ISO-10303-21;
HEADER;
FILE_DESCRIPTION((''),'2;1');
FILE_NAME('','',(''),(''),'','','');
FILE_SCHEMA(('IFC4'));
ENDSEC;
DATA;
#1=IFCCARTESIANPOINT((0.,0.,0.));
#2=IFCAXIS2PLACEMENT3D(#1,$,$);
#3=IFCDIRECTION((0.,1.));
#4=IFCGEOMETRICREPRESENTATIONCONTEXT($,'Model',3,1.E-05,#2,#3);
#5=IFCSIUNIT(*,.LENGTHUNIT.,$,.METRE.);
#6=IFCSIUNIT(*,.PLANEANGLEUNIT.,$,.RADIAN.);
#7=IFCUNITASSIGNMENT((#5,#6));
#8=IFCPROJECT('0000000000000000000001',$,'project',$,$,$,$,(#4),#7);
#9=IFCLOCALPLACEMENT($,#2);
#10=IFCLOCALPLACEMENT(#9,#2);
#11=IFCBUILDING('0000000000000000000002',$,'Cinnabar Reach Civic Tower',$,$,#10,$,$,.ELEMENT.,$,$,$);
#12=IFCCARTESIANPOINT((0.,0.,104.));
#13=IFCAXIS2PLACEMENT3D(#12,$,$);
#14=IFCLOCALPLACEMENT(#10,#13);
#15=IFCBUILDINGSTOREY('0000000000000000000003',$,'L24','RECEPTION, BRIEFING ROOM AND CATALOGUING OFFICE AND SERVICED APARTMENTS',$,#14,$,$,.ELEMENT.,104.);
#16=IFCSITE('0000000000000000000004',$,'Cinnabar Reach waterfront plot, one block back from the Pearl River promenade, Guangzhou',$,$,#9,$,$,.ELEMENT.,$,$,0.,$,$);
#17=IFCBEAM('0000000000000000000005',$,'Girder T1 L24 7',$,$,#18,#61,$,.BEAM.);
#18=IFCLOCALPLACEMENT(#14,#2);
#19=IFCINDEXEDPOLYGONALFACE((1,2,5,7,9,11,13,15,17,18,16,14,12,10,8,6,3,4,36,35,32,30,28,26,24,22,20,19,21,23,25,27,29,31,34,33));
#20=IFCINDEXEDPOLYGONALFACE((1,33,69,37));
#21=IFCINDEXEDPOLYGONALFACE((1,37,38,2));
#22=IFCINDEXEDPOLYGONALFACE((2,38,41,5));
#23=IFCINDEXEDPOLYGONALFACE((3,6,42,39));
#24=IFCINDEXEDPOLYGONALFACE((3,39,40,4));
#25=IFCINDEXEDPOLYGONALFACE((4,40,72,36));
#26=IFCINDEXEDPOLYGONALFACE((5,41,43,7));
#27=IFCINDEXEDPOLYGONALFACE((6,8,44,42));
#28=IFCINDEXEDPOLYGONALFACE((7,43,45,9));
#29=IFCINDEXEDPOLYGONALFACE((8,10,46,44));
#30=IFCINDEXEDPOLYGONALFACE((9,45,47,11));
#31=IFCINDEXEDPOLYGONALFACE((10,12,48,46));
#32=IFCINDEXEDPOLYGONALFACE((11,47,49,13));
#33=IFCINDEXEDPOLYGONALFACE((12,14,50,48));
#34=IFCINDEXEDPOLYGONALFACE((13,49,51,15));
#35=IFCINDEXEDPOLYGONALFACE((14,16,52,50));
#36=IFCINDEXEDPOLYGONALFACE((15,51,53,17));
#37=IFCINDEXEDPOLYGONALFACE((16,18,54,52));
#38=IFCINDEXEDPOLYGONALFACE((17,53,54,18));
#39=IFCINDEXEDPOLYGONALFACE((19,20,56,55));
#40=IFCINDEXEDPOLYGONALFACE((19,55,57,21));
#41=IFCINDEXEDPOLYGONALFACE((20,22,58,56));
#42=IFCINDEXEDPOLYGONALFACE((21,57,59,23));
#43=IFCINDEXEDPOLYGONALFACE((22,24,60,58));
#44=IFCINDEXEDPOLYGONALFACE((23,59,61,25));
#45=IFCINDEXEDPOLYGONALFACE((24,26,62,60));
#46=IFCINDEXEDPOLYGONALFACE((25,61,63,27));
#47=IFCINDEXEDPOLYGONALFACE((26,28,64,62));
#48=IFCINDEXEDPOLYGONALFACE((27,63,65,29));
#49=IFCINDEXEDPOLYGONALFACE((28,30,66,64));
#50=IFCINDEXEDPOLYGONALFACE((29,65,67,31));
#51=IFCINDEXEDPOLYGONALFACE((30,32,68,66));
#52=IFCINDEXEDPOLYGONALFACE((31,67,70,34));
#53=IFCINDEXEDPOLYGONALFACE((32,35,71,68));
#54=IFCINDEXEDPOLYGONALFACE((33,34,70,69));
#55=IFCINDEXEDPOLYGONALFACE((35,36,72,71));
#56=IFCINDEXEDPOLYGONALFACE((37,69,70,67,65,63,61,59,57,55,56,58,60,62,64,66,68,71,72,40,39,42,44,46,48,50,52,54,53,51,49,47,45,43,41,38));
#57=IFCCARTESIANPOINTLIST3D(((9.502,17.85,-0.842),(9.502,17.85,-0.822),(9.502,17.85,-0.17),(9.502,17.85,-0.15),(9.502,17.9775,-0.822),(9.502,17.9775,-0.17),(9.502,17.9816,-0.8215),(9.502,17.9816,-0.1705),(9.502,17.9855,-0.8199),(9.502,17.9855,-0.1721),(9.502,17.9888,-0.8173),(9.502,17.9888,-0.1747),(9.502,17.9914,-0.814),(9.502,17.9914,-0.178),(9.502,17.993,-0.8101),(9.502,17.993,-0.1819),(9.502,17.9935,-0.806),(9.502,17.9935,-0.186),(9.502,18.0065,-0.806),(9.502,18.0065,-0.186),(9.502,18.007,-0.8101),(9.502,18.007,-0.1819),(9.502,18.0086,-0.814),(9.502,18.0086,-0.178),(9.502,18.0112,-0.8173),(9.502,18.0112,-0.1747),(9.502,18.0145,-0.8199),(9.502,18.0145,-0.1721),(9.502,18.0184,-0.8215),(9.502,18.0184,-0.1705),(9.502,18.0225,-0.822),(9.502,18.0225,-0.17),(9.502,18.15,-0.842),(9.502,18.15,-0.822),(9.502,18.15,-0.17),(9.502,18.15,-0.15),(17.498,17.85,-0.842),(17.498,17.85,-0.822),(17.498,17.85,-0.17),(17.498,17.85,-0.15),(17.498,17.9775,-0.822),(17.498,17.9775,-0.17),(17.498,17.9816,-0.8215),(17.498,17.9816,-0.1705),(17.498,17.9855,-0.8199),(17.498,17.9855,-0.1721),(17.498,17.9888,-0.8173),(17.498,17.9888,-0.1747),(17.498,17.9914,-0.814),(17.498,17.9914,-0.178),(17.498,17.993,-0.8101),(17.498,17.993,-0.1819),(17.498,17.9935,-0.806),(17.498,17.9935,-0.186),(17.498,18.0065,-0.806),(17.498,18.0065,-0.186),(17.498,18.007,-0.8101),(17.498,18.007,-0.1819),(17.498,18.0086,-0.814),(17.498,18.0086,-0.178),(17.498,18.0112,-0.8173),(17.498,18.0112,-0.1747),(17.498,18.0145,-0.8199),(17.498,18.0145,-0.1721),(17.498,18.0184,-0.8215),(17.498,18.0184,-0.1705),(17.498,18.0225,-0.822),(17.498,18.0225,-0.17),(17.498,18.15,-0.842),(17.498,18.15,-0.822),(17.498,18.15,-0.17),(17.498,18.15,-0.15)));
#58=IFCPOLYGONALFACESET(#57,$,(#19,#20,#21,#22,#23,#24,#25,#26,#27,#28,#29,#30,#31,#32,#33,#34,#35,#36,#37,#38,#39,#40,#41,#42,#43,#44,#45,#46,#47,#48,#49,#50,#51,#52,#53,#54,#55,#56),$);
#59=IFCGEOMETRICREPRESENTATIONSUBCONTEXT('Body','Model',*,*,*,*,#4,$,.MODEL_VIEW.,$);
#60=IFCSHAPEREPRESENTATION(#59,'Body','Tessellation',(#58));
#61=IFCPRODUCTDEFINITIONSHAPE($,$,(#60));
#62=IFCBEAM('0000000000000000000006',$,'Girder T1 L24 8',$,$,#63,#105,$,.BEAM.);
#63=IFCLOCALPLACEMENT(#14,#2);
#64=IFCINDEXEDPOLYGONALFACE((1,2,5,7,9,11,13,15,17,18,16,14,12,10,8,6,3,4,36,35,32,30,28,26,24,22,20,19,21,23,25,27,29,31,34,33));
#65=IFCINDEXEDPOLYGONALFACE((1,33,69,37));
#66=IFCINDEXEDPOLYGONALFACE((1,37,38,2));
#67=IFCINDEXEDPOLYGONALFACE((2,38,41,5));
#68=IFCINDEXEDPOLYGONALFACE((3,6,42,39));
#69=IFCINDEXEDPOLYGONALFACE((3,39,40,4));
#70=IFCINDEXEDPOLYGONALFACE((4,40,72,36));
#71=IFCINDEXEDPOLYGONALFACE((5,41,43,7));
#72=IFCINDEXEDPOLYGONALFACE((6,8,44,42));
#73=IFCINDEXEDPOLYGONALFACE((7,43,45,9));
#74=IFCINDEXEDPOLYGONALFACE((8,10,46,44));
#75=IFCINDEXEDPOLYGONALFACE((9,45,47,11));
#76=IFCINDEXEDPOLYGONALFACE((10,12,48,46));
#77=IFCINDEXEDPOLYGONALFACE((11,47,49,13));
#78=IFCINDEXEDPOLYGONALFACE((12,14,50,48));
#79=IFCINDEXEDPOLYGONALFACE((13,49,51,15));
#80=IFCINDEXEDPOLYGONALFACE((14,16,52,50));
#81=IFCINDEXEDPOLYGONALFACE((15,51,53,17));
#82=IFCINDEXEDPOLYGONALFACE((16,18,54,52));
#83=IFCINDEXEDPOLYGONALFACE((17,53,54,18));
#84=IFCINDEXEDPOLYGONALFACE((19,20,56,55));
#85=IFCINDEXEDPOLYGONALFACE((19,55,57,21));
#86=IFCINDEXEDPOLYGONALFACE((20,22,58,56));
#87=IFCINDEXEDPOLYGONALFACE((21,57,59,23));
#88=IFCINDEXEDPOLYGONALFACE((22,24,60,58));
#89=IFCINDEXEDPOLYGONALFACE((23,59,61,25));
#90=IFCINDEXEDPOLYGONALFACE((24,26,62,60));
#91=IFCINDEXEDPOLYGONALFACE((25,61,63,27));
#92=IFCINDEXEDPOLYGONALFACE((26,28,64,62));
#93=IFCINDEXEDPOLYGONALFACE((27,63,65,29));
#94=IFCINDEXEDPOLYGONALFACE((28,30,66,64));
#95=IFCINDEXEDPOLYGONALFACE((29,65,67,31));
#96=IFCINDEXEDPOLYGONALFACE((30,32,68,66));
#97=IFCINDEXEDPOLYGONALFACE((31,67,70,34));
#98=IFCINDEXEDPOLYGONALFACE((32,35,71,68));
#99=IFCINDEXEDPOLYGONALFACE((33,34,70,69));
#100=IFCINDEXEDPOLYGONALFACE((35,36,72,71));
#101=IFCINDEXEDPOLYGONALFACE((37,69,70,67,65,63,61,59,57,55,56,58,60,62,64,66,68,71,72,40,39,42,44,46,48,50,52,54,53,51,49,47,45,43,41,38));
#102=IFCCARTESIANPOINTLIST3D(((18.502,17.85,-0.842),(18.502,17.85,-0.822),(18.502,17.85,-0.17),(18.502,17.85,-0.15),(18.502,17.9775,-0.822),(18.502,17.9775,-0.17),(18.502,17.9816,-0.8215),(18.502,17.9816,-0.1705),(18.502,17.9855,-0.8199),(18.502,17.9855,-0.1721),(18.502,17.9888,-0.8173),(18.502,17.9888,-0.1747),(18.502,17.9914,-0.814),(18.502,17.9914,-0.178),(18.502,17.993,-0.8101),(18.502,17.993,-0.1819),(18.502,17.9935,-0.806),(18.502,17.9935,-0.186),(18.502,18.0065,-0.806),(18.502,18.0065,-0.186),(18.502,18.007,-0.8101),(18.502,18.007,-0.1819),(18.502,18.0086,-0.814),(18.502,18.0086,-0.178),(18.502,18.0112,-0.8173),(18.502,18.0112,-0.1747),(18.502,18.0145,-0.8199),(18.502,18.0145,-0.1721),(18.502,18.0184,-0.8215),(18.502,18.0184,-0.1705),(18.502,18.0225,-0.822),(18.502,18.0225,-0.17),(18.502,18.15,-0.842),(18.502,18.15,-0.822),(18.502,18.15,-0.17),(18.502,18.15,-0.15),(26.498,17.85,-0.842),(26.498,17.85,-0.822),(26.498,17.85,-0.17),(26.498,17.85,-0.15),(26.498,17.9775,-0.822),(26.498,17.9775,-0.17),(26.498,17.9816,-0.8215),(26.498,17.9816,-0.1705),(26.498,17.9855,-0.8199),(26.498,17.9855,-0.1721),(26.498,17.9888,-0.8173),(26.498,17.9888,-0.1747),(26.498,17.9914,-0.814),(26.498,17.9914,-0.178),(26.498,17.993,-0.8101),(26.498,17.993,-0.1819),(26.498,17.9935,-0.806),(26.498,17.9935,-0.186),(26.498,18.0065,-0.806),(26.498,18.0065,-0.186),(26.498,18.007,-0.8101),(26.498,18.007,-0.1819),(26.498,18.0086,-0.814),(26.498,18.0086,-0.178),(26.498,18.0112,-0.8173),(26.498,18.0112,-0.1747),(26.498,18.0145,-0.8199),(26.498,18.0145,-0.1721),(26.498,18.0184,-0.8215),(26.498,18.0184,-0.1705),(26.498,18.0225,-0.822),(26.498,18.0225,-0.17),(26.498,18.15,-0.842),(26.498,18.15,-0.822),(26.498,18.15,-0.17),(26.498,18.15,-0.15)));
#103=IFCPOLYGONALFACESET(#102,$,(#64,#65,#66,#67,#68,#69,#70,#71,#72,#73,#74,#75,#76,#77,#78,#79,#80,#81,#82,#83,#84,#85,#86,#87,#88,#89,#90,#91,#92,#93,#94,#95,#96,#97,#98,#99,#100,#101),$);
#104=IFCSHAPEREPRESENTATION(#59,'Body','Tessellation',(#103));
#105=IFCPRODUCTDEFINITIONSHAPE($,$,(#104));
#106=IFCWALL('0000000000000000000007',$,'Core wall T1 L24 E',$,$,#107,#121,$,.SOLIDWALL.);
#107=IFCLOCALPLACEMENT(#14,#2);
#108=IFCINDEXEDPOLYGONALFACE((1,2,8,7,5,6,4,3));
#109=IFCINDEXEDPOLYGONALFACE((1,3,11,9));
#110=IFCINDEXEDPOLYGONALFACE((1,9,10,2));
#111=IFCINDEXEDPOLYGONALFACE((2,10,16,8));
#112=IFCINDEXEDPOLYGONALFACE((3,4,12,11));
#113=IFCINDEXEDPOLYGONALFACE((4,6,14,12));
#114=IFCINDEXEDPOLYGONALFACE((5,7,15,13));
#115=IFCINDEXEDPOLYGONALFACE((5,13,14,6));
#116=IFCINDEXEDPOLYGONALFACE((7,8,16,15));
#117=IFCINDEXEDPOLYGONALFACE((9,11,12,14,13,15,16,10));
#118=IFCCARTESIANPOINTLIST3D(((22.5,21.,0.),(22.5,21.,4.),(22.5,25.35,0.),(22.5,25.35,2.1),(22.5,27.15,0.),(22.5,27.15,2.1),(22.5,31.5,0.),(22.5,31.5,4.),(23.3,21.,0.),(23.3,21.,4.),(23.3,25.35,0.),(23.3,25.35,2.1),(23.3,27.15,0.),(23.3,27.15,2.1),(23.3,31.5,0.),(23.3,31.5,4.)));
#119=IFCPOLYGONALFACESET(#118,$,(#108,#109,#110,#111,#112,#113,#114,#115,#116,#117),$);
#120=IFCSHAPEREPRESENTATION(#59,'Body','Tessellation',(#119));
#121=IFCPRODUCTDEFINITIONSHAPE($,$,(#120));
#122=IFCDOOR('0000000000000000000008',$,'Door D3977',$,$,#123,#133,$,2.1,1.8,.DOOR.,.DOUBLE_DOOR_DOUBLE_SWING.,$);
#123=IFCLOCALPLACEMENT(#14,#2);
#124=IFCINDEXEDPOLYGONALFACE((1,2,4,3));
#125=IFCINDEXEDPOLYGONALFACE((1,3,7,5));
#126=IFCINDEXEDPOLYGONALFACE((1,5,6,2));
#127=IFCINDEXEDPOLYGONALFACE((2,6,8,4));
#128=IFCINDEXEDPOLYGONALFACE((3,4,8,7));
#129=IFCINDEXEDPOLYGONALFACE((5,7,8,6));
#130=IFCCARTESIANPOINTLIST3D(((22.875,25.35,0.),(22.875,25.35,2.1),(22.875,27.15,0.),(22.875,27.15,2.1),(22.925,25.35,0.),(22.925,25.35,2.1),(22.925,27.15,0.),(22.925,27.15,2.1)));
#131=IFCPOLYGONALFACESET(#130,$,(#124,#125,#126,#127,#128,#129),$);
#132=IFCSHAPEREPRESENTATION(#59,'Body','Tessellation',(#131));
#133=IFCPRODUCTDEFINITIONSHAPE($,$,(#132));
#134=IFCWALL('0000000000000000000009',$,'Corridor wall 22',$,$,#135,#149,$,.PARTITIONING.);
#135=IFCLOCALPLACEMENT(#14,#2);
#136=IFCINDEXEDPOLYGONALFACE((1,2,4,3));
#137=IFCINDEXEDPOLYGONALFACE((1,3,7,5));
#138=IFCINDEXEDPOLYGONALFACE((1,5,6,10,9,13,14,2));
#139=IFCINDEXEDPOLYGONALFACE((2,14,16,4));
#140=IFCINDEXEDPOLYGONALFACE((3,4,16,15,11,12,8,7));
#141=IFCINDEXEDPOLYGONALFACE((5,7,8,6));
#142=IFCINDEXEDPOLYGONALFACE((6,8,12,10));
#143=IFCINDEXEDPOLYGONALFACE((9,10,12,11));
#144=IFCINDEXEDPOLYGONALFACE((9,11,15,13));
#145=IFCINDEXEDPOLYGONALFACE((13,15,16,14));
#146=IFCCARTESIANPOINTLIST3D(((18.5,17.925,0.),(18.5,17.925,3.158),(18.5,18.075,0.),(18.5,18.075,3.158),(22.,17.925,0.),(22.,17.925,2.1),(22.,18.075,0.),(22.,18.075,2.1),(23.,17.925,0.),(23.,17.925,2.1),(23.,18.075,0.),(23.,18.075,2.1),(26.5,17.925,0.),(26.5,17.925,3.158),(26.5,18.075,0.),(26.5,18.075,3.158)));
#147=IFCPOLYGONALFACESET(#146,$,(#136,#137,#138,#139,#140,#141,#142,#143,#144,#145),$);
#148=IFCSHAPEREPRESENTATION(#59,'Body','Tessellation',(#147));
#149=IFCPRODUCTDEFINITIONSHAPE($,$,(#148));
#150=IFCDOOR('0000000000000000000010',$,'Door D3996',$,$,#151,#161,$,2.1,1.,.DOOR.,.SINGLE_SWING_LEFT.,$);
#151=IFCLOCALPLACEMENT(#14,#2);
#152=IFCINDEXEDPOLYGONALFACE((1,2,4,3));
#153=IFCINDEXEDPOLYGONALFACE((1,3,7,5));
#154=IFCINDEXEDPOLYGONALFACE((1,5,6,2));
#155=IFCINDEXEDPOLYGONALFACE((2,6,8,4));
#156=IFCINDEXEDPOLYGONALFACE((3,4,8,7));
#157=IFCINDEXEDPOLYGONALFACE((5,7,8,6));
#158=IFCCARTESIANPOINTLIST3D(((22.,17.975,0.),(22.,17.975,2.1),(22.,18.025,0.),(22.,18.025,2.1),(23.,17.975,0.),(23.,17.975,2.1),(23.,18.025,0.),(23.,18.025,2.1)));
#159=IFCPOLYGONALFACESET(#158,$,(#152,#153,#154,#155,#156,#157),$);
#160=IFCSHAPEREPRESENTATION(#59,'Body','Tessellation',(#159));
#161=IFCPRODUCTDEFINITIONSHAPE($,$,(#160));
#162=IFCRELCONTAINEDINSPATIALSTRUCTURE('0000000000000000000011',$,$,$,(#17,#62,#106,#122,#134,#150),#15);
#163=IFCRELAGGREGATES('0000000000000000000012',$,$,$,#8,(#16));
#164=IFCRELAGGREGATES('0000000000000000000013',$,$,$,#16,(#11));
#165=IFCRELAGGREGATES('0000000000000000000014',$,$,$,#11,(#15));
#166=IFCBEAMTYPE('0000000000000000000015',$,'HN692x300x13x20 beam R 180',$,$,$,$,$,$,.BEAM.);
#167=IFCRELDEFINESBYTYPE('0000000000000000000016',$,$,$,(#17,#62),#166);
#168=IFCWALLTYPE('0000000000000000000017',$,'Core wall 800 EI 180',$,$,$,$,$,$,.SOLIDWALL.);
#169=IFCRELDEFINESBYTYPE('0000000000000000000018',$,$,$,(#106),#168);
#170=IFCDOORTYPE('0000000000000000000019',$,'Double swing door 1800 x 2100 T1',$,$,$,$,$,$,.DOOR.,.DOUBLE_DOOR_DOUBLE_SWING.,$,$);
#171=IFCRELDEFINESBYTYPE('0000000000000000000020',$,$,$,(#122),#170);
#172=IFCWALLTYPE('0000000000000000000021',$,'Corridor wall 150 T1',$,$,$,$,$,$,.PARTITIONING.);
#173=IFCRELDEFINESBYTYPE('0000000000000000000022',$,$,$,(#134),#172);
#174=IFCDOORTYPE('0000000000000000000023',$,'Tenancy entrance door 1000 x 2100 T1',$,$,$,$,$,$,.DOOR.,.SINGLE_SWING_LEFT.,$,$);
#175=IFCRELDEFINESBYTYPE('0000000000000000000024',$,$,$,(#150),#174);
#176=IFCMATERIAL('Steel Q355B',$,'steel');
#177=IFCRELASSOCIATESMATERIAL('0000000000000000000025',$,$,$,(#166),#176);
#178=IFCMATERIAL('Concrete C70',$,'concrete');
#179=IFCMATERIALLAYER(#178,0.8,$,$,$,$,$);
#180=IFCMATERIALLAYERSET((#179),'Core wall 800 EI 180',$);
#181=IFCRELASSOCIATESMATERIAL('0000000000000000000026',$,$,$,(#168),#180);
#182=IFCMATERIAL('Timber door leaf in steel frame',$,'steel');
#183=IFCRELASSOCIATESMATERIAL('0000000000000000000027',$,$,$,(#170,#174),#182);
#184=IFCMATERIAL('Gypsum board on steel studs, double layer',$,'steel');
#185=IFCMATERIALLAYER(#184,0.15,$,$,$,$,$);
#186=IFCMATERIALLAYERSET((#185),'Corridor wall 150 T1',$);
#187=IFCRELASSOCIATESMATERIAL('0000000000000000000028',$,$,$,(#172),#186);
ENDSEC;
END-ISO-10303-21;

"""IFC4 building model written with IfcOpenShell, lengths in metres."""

from ifc_helpers import new_model, si_unit, direction, frame, frame_2d, origin, origin_2d, place, context, subcontext, project, spatial, rectangle, i_section, extrude, material, layer, layer_set, material_profile, profile_set, type_object, element, fill, save


model = new_model("IFC4")

# Units and contexts
model_context = context("Model", 3, precision=1e-05, world=origin(), true_north=direction((0.0, 1.0)))
body_context = subcontext(model_context, "Body", "Model", "MODEL_VIEW")
ifc_project = project(units=[si_unit("LENGTHUNIT", "METRE"), si_unit("PLANEANGLEUNIT", "RADIAN")], contexts=[model_context])

# Site, building, storey
site_placement = place(None, origin())
site = spatial("IfcSite", under=ifc_project, at=site_placement, Name="Cinnabar Reach waterfront plot, one block back from the Pearl River promenade, Guangzhou", CompositionType="ELEMENT", RefElevation=0.0)
building_placement = place(site_placement, origin())
building = spatial("IfcBuilding", under=site, at=building_placement, Name="Cinnabar Reach Civic Tower", CompositionType="ELEMENT")
storey_placement = place(building_placement, frame((0.0, 0.0, 104.0)))
storey = spatial("IfcBuildingStorey", under=building, at=storey_placement, Name="L24", Description="RECEPTION, BRIEFING ROOM AND CATALOGUING OFFICE AND SERVICED APARTMENTS", CompositionType="ELEMENT", Elevation=104.0)

# Shared definitions
ifc_material_1 = material(Name="Concrete C70", Category="concrete")

# Beams
ifc_material_2 = material(Name="Steel Q355B", Category="steel")
ifc_material_profile_1 = material_profile(ifc_material_2, i_section(OverallWidth=0.3, OverallDepth=0.692, WebThickness=0.013, FlangeThickness=0.02, FilletRadius=0.016, at=origin_2d()), Name="HN692x300x13x20")
ifc_profile_set_1 = profile_set([ifc_material_profile_1], Name="Steel Q355B")
beam_type_1 = type_object("IfcBeamType", Name="HN692x300x13x20 beam R 180", PredefinedType="BEAM", material=ifc_profile_set_1)
for number, where, z_axis, x_axis, name in (
    (1, (9.502, 18.0, -0.496), (1.0, 0.0, 0.0), (0.0, 1.0, 0.0), "Girder T1 L24 7"),
    (2, (18.502, 18.0, -0.496), (1.0, 0.0, 0.0), (0.0, 1.0, 0.0), "Girder T1 L24 8"),
):
    element("IfcBeam", number, at=place(storey_placement, frame(where, z_axis=z_axis, x_axis=x_axis)), inside=storey, type_object=beam_type_1, Name=name, PredefinedType="BEAM", context=body_context, shape_type="SweptSolid", body=[
        extrude(i_section(OverallWidth=0.3, OverallDepth=0.692, WebThickness=0.013, FlangeThickness=0.02, FilletRadius=0.016, at=origin_2d()), origin(), (0.0, 0.0, 1.0), 7.996),
    ])

# Walls, openings, doors
ifc_layer_1 = layer(ifc_material_1, 0.8)
ifc_layer_set_1 = layer_set([ifc_layer_1], Name="Core wall 800 EI 180")
wall_type_1 = type_object("IfcWallType", Name="Core wall 800 EI 180", PredefinedType="SOLIDWALL", material=ifc_layer_set_1)
wall_1_placement = place(storey_placement, frame((22.9, 21.0, 0.0), z_axis=(0.0, 0.0, 1.0), x_axis=(0.0, 1.0, 0.0)))
wall_1 = element("IfcWall", 3, at=wall_1_placement, inside=storey, type_object=wall_type_1, Name="Core wall T1 L24 E", PredefinedType="SOLIDWALL", context=body_context, shape_type="SweptSolid", body=[
    extrude(rectangle(XDim=10.5, YDim=0.8, at=frame_2d((5.25, 0.0))), origin(), (0.0, 0.0, 1.0), 4.0),
])
opening_1_placement = place(wall_1_placement, frame((4.35, 0.0, 0.0)))
opening_1 = element("IfcOpeningElement", 4, at=opening_1_placement, cuts=wall_1, PredefinedType="OPENING", context=body_context, shape_type="SweptSolid", body=[
    extrude(rectangle(XDim=1.8, YDim=2.1, at=frame_2d((0.9, 1.05))), frame((0.0, 0.41, 0.0), z_axis=(0.0, -1.0, 0.0), x_axis=(1.0, 0.0, 0.0)), (0.0, 0.0, 1.0), 0.82),
])
ifc_material_3 = material(Name="Timber door leaf in steel frame", Category="steel")
door_type_1 = type_object("IfcDoorType", Name="Double swing door 1800 x 2100 T1", OperationType="DOUBLE_DOOR_DOUBLE_SWING", PredefinedType="DOOR", material=ifc_material_3)
door_1_placement = place(opening_1_placement, origin())
door_1 = element("IfcDoor", 5, at=door_1_placement, inside=storey, type_object=door_type_1, Name="Door D3977", OperationType="DOUBLE_DOOR_DOUBLE_SWING", OverallHeight=2.1, OverallWidth=1.8, PredefinedType="DOOR", context=body_context, shape_type="SweptSolid", body=[
    extrude(rectangle(XDim=1.8, YDim=2.1, at=frame_2d((0.9, 1.05))), frame((0.0, 0.025, 0.0), z_axis=(0.0, -1.0, 0.0), x_axis=(1.0, 0.0, 0.0)), (0.0, 0.0, 1.0), 0.05),
])
fill(opening_1, door_1)
ifc_material_4 = material(Name="Gypsum board on steel studs, double layer", Category="steel")
ifc_layer_2 = layer(ifc_material_4, 0.15)
ifc_layer_set_2 = layer_set([ifc_layer_2], Name="Corridor wall 150 T1")
wall_type_2 = type_object("IfcWallType", Name="Corridor wall 150 T1", PredefinedType="PARTITIONING", material=ifc_layer_set_2)
wall_2_placement = place(storey_placement, frame((18.5, 18.0, 0.0), z_axis=(0.0, 0.0, 1.0), x_axis=(1.0, 0.0, 0.0)))
wall_2 = element("IfcWall", 6, at=wall_2_placement, inside=storey, type_object=wall_type_2, Name="Corridor wall 22", PredefinedType="PARTITIONING", context=body_context, shape_type="SweptSolid", body=[
    extrude(rectangle(XDim=8.0, YDim=0.15, at=frame_2d((4.0, 0.0))), origin(), (0.0, 0.0, 1.0), 3.158),
])
opening_2_placement = place(wall_2_placement, frame((3.5, 0.0, 0.0)))
opening_2 = element("IfcOpeningElement", 7, at=opening_2_placement, cuts=wall_2, PredefinedType="OPENING", context=body_context, shape_type="SweptSolid", body=[
    extrude(rectangle(XDim=1.0, YDim=2.1, at=frame_2d((0.5, 1.05))), frame((0.0, 0.085, 0.0), z_axis=(0.0, -1.0, 0.0), x_axis=(1.0, 0.0, 0.0)), (0.0, 0.0, 1.0), 0.17),
])
door_type_2 = type_object("IfcDoorType", Name="Tenancy entrance door 1000 x 2100 T1", OperationType="SINGLE_SWING_LEFT", PredefinedType="DOOR", material=ifc_material_3)
door_2_placement = place(opening_2_placement, frame((1.0, 0.0, 0.0), z_axis=(0.0, 0.0, 1.0), x_axis=(-1.0, 0.0, 0.0)))
door_2 = element("IfcDoor", 8, at=door_2_placement, inside=storey, type_object=door_type_2, Name="Door D3996", OperationType="SINGLE_SWING_LEFT", OverallHeight=2.1, OverallWidth=1.0, PredefinedType="DOOR", context=body_context, shape_type="SweptSolid", body=[
    extrude(rectangle(XDim=1.0, YDim=2.1, at=frame_2d((0.5, 1.05))), frame((0.0, 0.025, 0.0), z_axis=(0.0, -1.0, 0.0), x_axis=(1.0, 0.0, 0.0)), (0.0, 0.0, 1.0), 0.05),
])
fill(opening_2, door_2)

save(model, "model.ifc")
